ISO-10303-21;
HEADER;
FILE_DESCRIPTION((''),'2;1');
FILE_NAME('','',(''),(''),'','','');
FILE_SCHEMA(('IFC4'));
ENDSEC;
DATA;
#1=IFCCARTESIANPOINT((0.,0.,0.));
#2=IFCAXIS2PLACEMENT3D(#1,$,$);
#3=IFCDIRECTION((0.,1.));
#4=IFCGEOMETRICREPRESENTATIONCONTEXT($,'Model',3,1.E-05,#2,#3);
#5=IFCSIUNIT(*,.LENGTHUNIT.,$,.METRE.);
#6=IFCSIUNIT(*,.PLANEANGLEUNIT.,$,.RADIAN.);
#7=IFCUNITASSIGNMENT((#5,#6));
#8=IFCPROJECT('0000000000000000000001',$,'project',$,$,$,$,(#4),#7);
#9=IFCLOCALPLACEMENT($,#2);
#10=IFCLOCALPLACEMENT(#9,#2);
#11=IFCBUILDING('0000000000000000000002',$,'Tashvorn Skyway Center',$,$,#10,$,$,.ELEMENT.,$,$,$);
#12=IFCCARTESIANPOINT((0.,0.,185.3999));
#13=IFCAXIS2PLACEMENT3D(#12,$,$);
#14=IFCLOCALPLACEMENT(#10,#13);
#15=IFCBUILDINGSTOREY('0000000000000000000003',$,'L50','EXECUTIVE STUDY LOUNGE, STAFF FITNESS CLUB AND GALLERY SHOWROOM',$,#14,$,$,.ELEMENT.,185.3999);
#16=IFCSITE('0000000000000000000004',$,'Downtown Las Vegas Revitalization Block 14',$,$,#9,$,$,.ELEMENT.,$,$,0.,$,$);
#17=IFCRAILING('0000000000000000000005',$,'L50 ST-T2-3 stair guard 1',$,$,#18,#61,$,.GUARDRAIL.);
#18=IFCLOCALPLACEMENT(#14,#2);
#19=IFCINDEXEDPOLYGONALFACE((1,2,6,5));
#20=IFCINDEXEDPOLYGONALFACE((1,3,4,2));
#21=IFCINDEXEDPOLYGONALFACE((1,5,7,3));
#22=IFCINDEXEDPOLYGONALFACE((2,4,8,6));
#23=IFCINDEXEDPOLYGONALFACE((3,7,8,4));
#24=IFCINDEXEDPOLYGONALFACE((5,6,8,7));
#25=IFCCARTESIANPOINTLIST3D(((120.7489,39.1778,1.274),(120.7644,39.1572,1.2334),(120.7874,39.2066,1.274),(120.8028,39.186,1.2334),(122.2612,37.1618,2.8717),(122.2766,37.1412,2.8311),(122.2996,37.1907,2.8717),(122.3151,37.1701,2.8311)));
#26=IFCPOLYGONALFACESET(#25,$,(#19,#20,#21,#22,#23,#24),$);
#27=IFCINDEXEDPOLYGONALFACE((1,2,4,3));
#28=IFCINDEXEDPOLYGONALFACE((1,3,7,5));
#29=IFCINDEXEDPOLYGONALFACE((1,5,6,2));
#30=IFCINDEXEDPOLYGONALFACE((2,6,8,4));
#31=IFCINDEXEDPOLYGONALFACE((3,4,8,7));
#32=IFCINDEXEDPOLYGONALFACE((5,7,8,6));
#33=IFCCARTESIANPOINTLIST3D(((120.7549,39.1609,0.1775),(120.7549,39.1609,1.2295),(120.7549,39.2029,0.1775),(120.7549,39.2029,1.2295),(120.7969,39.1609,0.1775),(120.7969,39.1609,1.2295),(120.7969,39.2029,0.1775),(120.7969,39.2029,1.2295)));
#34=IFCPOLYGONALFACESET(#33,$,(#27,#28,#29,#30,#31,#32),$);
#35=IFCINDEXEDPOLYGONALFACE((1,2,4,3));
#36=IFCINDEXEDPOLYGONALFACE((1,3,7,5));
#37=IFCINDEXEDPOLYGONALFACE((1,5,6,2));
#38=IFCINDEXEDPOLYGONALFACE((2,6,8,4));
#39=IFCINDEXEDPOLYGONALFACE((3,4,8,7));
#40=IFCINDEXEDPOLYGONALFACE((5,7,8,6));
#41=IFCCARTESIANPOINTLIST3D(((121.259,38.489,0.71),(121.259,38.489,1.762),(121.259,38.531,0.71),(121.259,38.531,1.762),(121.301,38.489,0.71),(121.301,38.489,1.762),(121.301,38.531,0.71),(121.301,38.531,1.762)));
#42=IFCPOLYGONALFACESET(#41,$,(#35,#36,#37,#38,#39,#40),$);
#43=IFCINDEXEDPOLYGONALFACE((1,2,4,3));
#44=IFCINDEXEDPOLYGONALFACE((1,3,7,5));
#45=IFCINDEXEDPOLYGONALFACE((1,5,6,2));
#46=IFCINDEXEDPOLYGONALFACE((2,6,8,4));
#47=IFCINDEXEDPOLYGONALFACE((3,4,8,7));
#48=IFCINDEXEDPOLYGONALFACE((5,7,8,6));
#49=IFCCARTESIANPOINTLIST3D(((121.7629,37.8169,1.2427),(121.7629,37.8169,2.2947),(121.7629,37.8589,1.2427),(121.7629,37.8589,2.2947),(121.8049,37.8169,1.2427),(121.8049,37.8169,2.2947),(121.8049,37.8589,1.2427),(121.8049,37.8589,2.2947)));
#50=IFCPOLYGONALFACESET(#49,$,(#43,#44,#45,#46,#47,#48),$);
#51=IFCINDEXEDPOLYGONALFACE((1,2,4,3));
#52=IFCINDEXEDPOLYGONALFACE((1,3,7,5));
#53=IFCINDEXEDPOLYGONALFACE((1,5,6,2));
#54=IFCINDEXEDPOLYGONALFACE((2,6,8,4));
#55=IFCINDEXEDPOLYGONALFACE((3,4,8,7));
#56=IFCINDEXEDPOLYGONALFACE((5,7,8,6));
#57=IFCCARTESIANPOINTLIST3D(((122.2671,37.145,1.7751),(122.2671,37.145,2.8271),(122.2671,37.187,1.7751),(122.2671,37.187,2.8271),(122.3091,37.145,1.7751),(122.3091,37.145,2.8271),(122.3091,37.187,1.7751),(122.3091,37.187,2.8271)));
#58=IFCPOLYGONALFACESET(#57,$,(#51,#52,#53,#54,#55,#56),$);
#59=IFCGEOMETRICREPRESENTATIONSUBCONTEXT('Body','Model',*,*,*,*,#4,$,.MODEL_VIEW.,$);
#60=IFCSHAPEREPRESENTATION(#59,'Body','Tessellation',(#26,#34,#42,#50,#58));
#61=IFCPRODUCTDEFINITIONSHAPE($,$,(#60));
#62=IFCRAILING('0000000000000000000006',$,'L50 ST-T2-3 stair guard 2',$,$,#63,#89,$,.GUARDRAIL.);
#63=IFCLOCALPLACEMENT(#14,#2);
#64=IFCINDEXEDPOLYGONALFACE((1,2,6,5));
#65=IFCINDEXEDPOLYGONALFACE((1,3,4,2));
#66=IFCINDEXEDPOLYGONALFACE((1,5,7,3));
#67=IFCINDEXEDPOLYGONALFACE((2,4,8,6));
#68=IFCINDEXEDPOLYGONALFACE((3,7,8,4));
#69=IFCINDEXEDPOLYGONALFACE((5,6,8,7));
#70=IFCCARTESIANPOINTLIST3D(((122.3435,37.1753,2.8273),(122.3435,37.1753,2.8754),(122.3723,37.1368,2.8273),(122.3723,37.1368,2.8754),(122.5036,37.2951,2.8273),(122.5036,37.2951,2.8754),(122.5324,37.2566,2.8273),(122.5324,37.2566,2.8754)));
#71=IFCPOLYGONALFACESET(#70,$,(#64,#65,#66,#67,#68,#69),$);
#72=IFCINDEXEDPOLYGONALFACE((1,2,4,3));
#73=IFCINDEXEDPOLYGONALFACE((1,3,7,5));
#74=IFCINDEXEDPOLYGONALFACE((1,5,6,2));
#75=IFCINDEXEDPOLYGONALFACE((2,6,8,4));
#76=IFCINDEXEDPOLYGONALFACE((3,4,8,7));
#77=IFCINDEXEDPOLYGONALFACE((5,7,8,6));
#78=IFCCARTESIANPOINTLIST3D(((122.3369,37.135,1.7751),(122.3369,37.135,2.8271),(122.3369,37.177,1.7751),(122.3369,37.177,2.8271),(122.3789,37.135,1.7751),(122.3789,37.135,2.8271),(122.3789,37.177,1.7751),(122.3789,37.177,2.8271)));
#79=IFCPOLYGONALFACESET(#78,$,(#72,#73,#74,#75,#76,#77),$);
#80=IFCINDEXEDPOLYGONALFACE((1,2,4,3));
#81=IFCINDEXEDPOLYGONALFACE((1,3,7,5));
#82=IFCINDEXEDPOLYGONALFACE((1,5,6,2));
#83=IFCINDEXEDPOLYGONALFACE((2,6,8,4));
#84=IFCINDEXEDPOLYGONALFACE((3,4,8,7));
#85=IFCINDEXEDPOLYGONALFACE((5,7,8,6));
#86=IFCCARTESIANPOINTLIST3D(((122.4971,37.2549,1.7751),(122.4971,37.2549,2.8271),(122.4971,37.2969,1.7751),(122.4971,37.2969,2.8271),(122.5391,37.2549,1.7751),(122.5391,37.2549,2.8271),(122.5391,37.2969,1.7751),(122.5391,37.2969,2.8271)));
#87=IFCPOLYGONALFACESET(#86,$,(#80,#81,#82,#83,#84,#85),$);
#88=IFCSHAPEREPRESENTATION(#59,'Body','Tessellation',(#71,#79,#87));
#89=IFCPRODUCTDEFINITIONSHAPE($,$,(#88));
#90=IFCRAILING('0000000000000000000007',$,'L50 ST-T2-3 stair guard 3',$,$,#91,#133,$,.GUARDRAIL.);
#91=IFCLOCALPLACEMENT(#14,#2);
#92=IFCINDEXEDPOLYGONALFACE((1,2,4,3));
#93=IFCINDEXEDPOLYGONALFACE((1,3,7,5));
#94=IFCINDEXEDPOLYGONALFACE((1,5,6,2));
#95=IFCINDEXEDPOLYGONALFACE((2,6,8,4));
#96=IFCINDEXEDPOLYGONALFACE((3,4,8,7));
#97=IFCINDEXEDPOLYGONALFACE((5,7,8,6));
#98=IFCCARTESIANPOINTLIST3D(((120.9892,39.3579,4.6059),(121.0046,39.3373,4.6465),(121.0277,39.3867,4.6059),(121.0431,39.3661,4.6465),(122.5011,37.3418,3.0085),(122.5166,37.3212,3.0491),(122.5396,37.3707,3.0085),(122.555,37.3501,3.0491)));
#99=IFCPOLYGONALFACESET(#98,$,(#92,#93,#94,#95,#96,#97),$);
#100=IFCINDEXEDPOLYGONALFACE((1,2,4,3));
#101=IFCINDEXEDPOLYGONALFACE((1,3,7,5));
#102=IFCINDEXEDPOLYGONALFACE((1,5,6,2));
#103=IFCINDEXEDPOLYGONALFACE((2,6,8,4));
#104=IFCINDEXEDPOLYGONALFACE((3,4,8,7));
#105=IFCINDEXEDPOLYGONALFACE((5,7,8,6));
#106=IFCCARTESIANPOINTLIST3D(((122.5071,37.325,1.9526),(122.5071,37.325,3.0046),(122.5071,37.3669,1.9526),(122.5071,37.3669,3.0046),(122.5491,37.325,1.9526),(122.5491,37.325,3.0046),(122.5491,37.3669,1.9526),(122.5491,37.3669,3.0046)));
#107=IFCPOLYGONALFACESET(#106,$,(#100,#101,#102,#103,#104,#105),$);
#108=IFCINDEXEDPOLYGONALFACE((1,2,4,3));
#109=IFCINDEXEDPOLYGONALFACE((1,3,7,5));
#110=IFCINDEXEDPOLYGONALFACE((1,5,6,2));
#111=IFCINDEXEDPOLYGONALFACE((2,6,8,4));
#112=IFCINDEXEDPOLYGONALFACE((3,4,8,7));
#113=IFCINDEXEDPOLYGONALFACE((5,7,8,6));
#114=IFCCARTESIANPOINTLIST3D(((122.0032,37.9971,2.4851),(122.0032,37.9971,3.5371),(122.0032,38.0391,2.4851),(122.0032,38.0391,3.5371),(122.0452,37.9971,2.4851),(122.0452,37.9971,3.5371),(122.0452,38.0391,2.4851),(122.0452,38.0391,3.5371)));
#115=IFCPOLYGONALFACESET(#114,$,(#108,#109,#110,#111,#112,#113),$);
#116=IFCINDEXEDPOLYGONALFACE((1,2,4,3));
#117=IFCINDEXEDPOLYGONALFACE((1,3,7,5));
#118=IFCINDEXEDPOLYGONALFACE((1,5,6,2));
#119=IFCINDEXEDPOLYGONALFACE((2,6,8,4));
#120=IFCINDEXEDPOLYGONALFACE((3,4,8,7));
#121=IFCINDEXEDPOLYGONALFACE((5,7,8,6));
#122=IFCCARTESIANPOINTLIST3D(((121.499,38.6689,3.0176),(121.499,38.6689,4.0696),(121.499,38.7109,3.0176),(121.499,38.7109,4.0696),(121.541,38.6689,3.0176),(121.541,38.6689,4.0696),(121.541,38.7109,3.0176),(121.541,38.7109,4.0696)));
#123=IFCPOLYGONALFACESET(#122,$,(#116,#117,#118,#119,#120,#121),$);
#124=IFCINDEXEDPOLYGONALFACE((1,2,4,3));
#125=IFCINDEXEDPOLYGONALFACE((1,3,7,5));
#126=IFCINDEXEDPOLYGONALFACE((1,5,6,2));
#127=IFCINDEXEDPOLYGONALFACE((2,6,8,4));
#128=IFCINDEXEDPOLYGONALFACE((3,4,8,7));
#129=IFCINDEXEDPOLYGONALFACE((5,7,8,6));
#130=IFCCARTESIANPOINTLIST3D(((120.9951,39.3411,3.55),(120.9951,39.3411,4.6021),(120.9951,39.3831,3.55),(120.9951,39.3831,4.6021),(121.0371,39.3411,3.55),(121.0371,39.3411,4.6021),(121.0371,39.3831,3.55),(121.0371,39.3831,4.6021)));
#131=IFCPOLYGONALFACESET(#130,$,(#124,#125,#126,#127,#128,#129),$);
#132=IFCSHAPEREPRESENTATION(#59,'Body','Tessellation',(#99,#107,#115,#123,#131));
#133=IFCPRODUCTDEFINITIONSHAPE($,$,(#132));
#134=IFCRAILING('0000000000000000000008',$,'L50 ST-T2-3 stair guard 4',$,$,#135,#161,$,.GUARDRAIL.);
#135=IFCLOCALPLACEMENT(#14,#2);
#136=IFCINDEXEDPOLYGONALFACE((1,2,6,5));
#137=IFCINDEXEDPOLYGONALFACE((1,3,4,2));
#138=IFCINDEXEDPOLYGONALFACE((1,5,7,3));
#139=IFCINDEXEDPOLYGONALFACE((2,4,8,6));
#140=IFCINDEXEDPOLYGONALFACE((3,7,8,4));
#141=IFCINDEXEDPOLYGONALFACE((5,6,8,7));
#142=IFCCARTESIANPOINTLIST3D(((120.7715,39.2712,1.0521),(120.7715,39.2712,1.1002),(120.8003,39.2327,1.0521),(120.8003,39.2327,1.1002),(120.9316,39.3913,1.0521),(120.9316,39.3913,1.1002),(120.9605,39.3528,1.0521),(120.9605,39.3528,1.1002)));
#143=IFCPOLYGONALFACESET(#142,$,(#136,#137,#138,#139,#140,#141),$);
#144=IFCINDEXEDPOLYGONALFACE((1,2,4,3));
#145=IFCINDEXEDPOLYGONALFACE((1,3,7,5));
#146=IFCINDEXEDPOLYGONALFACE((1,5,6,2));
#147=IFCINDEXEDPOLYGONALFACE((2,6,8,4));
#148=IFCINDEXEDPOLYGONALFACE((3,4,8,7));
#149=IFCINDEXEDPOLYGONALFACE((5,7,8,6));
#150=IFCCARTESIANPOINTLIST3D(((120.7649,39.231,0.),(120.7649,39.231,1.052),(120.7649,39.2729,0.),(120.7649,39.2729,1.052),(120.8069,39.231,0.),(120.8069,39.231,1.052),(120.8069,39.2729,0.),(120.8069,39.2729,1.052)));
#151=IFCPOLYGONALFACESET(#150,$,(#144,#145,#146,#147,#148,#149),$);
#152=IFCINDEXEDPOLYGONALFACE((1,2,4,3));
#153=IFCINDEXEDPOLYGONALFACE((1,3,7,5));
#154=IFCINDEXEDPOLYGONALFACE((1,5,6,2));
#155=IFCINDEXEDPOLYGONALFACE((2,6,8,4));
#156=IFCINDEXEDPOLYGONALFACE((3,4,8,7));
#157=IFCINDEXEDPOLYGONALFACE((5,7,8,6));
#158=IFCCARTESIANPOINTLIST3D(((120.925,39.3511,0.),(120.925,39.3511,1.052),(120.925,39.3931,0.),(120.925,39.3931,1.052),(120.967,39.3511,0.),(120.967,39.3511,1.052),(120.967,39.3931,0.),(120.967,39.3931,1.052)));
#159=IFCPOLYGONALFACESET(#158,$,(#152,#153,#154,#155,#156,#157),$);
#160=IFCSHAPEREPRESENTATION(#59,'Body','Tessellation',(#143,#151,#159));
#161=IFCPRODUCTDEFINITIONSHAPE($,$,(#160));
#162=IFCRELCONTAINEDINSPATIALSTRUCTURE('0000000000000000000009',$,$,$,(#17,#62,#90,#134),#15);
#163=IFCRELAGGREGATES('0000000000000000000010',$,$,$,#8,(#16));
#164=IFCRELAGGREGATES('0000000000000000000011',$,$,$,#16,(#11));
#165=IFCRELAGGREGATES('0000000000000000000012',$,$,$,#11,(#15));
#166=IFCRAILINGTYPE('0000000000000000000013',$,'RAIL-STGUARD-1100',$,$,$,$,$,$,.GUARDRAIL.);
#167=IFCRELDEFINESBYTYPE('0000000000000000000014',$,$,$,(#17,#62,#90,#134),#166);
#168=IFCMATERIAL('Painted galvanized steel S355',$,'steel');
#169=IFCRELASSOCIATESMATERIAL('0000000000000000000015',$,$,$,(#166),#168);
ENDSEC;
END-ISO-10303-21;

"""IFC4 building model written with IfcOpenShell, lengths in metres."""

from ifc_helpers import new_model, si_unit, direction, frame, origin, origin_2d, place, context, subcontext, project, spatial, rectangle, extrude, material, type_object, element, save


model = new_model("IFC4")

# Units and contexts
model_context = context("Model", 3, precision=1e-05, world=origin(), true_north=direction((0.0, 1.0)))
body_context = subcontext(model_context, "Body", "Model", "MODEL_VIEW")
ifc_project = project(units=[si_unit("LENGTHUNIT", "METRE"), si_unit("PLANEANGLEUNIT", "RADIAN")], contexts=[model_context])

# Site, building, storey
site_placement = place(None, origin())
site = spatial("IfcSite", under=ifc_project, at=site_placement, Name="Downtown Las Vegas Revitalization Block 14", CompositionType="ELEMENT", RefElevation=0.0)
building_placement = place(site_placement, origin())
building = spatial("IfcBuilding", under=site, at=building_placement, Name="Tashvorn Skyway Center", CompositionType="ELEMENT")
storey_placement = place(building_placement, frame((0.0, 0.0, 185.3999)))
storey = spatial("IfcBuildingStorey", under=building, at=storey_placement, Name="L50", Description="EXECUTIVE STUDY LOUNGE, STAFF FITNESS CLUB AND GALLERY SHOWROOM", CompositionType="ELEMENT", Elevation=185.3999)

# Railings
ifc_material_1 = material(Name="Painted galvanized steel S355", Category="steel")
railing_type_1 = type_object("IfcRailingType", Name="RAIL-STGUARD-1100", PredefinedType="GUARDRAIL", material=ifc_material_1)
railing_1_placement = place(storey_placement, frame((120.7759, 39.1819, 0.1775)))
element("IfcRailing", 1, at=railing_1_placement, inside=storey, type_object=railing_type_1, Name="L50 ST-T2-3 stair guard 1", PredefinedType="GUARDRAIL", context=body_context, shape_type="SweptSolid", body=[
    extrude(rectangle(XDim=0.0481, YDim=0.0481, at=origin_2d()), frame((0.0, 0.0, 1.0762), z_axis=(0.506807, -0.675607, 0.535445), x_axis=(0.799942, 0.600078, 0.0)), (0.0, 0.0, 1.0), 2.9839),
    extrude(rectangle(XDim=0.042, YDim=0.042, at=origin_2d()), origin(), (0.0, 0.0, 1.0), 1.052),
    extrude(rectangle(XDim=0.042, YDim=0.042, at=origin_2d()), frame((0.5042, -0.6719, 0.5325)), (0.0, 0.0, 1.0), 1.052),
    extrude(rectangle(XDim=0.042, YDim=0.042, at=origin_2d()), frame((1.0081, -1.344, 1.0652)), (0.0, 0.0, 1.0), 1.052),
    extrude(rectangle(XDim=0.042, YDim=0.042, at=origin_2d()), frame((1.5122, -2.0159, 1.5977)), (0.0, 0.0, 1.0), 1.052),
])
railing_2_placement = place(storey_placement, frame((122.3579, 37.156, 1.7751)))
element("IfcRailing", 2, at=railing_2_placement, inside=storey, type_object=railing_type_1, Name="L50 ST-T2-3 stair guard 2", PredefinedType="GUARDRAIL", context=body_context, shape_type="SweptSolid", body=[
    extrude(rectangle(XDim=0.0481, YDim=0.0481, at=origin_2d()), frame((0.0, 0.0, 1.0762), z_axis=(0.800585, 0.599219, 0.0), x_axis=(-0.599219, 0.800585, 0.0)), (0.0, 0.0, 1.0), 0.2),
    extrude(rectangle(XDim=0.042, YDim=0.042, at=origin_2d()), origin(), (0.0, 0.0, 1.0), 1.052),
    extrude(rectangle(XDim=0.042, YDim=0.042, at=origin_2d()), frame((0.1602, 0.1199, 0.0)), (0.0, 0.0, 1.0), 1.052),
])
railing_3_placement = place(storey_placement, frame((122.5281, 37.3459, 1.9526)))
element("IfcRailing", 3, at=railing_3_placement, inside=storey, type_object=railing_type_1, Name="L50 ST-T2-3 stair guard 3", PredefinedType="GUARDRAIL", context=body_context, shape_type="SweptSolid", body=[
    extrude(rectangle(XDim=0.0481, YDim=0.0481, at=origin_2d()), frame((0.0, 0.0, 1.0762), z_axis=(-0.506741, 0.675709, 0.535379), x_axis=(-0.800023, -0.599969, 0.0)), (0.0, 0.0, 1.0), 2.9836),
    extrude(rectangle(XDim=0.042, YDim=0.042, at=origin_2d()), origin(), (0.0, 0.0, 1.0), 1.052),
    extrude(rectangle(XDim=0.042, YDim=0.042, at=origin_2d()), frame((-0.5039, 0.6721, 0.5325)), (0.0, 0.0, 1.0), 1.052),
    extrude(rectangle(XDim=0.042, YDim=0.042, at=origin_2d()), frame((-1.0081, 1.344, 1.0649)), (0.0, 0.0, 1.0), 1.052),
    extrude(rectangle(XDim=0.042, YDim=0.042, at=origin_2d()), frame((-1.512, 2.0161, 1.5974)), (0.0, 0.0, 1.0), 1.052),
])
railing_4_placement = place(storey_placement, frame((120.7859, 39.252, 0.0)))
element("IfcRailing", 4, at=railing_4_placement, inside=storey, type_object=railing_type_1, Name="L50 ST-T2-3 stair guard 4", PredefinedType="GUARDRAIL", context=body_context, shape_type="SweptSolid", body=[
    extrude(rectangle(XDim=0.0481, YDim=0.0481, at=origin_2d()), frame((0.0, 0.0, 1.0762), z_axis=(0.8, 0.6, 0.0), x_axis=(-0.6, 0.8, 0.0)), (0.0, 0.0, 1.0), 0.2002),
    extrude(rectangle(XDim=0.042, YDim=0.042, at=origin_2d()), origin(), (0.0, 0.0, 1.0), 1.052),
    extrude(rectangle(XDim=0.042, YDim=0.042, at=origin_2d()), frame((0.1602, 0.1201, 0.0)), (0.0, 0.0, 1.0), 1.052),
])

save(model, "model.ifc")
